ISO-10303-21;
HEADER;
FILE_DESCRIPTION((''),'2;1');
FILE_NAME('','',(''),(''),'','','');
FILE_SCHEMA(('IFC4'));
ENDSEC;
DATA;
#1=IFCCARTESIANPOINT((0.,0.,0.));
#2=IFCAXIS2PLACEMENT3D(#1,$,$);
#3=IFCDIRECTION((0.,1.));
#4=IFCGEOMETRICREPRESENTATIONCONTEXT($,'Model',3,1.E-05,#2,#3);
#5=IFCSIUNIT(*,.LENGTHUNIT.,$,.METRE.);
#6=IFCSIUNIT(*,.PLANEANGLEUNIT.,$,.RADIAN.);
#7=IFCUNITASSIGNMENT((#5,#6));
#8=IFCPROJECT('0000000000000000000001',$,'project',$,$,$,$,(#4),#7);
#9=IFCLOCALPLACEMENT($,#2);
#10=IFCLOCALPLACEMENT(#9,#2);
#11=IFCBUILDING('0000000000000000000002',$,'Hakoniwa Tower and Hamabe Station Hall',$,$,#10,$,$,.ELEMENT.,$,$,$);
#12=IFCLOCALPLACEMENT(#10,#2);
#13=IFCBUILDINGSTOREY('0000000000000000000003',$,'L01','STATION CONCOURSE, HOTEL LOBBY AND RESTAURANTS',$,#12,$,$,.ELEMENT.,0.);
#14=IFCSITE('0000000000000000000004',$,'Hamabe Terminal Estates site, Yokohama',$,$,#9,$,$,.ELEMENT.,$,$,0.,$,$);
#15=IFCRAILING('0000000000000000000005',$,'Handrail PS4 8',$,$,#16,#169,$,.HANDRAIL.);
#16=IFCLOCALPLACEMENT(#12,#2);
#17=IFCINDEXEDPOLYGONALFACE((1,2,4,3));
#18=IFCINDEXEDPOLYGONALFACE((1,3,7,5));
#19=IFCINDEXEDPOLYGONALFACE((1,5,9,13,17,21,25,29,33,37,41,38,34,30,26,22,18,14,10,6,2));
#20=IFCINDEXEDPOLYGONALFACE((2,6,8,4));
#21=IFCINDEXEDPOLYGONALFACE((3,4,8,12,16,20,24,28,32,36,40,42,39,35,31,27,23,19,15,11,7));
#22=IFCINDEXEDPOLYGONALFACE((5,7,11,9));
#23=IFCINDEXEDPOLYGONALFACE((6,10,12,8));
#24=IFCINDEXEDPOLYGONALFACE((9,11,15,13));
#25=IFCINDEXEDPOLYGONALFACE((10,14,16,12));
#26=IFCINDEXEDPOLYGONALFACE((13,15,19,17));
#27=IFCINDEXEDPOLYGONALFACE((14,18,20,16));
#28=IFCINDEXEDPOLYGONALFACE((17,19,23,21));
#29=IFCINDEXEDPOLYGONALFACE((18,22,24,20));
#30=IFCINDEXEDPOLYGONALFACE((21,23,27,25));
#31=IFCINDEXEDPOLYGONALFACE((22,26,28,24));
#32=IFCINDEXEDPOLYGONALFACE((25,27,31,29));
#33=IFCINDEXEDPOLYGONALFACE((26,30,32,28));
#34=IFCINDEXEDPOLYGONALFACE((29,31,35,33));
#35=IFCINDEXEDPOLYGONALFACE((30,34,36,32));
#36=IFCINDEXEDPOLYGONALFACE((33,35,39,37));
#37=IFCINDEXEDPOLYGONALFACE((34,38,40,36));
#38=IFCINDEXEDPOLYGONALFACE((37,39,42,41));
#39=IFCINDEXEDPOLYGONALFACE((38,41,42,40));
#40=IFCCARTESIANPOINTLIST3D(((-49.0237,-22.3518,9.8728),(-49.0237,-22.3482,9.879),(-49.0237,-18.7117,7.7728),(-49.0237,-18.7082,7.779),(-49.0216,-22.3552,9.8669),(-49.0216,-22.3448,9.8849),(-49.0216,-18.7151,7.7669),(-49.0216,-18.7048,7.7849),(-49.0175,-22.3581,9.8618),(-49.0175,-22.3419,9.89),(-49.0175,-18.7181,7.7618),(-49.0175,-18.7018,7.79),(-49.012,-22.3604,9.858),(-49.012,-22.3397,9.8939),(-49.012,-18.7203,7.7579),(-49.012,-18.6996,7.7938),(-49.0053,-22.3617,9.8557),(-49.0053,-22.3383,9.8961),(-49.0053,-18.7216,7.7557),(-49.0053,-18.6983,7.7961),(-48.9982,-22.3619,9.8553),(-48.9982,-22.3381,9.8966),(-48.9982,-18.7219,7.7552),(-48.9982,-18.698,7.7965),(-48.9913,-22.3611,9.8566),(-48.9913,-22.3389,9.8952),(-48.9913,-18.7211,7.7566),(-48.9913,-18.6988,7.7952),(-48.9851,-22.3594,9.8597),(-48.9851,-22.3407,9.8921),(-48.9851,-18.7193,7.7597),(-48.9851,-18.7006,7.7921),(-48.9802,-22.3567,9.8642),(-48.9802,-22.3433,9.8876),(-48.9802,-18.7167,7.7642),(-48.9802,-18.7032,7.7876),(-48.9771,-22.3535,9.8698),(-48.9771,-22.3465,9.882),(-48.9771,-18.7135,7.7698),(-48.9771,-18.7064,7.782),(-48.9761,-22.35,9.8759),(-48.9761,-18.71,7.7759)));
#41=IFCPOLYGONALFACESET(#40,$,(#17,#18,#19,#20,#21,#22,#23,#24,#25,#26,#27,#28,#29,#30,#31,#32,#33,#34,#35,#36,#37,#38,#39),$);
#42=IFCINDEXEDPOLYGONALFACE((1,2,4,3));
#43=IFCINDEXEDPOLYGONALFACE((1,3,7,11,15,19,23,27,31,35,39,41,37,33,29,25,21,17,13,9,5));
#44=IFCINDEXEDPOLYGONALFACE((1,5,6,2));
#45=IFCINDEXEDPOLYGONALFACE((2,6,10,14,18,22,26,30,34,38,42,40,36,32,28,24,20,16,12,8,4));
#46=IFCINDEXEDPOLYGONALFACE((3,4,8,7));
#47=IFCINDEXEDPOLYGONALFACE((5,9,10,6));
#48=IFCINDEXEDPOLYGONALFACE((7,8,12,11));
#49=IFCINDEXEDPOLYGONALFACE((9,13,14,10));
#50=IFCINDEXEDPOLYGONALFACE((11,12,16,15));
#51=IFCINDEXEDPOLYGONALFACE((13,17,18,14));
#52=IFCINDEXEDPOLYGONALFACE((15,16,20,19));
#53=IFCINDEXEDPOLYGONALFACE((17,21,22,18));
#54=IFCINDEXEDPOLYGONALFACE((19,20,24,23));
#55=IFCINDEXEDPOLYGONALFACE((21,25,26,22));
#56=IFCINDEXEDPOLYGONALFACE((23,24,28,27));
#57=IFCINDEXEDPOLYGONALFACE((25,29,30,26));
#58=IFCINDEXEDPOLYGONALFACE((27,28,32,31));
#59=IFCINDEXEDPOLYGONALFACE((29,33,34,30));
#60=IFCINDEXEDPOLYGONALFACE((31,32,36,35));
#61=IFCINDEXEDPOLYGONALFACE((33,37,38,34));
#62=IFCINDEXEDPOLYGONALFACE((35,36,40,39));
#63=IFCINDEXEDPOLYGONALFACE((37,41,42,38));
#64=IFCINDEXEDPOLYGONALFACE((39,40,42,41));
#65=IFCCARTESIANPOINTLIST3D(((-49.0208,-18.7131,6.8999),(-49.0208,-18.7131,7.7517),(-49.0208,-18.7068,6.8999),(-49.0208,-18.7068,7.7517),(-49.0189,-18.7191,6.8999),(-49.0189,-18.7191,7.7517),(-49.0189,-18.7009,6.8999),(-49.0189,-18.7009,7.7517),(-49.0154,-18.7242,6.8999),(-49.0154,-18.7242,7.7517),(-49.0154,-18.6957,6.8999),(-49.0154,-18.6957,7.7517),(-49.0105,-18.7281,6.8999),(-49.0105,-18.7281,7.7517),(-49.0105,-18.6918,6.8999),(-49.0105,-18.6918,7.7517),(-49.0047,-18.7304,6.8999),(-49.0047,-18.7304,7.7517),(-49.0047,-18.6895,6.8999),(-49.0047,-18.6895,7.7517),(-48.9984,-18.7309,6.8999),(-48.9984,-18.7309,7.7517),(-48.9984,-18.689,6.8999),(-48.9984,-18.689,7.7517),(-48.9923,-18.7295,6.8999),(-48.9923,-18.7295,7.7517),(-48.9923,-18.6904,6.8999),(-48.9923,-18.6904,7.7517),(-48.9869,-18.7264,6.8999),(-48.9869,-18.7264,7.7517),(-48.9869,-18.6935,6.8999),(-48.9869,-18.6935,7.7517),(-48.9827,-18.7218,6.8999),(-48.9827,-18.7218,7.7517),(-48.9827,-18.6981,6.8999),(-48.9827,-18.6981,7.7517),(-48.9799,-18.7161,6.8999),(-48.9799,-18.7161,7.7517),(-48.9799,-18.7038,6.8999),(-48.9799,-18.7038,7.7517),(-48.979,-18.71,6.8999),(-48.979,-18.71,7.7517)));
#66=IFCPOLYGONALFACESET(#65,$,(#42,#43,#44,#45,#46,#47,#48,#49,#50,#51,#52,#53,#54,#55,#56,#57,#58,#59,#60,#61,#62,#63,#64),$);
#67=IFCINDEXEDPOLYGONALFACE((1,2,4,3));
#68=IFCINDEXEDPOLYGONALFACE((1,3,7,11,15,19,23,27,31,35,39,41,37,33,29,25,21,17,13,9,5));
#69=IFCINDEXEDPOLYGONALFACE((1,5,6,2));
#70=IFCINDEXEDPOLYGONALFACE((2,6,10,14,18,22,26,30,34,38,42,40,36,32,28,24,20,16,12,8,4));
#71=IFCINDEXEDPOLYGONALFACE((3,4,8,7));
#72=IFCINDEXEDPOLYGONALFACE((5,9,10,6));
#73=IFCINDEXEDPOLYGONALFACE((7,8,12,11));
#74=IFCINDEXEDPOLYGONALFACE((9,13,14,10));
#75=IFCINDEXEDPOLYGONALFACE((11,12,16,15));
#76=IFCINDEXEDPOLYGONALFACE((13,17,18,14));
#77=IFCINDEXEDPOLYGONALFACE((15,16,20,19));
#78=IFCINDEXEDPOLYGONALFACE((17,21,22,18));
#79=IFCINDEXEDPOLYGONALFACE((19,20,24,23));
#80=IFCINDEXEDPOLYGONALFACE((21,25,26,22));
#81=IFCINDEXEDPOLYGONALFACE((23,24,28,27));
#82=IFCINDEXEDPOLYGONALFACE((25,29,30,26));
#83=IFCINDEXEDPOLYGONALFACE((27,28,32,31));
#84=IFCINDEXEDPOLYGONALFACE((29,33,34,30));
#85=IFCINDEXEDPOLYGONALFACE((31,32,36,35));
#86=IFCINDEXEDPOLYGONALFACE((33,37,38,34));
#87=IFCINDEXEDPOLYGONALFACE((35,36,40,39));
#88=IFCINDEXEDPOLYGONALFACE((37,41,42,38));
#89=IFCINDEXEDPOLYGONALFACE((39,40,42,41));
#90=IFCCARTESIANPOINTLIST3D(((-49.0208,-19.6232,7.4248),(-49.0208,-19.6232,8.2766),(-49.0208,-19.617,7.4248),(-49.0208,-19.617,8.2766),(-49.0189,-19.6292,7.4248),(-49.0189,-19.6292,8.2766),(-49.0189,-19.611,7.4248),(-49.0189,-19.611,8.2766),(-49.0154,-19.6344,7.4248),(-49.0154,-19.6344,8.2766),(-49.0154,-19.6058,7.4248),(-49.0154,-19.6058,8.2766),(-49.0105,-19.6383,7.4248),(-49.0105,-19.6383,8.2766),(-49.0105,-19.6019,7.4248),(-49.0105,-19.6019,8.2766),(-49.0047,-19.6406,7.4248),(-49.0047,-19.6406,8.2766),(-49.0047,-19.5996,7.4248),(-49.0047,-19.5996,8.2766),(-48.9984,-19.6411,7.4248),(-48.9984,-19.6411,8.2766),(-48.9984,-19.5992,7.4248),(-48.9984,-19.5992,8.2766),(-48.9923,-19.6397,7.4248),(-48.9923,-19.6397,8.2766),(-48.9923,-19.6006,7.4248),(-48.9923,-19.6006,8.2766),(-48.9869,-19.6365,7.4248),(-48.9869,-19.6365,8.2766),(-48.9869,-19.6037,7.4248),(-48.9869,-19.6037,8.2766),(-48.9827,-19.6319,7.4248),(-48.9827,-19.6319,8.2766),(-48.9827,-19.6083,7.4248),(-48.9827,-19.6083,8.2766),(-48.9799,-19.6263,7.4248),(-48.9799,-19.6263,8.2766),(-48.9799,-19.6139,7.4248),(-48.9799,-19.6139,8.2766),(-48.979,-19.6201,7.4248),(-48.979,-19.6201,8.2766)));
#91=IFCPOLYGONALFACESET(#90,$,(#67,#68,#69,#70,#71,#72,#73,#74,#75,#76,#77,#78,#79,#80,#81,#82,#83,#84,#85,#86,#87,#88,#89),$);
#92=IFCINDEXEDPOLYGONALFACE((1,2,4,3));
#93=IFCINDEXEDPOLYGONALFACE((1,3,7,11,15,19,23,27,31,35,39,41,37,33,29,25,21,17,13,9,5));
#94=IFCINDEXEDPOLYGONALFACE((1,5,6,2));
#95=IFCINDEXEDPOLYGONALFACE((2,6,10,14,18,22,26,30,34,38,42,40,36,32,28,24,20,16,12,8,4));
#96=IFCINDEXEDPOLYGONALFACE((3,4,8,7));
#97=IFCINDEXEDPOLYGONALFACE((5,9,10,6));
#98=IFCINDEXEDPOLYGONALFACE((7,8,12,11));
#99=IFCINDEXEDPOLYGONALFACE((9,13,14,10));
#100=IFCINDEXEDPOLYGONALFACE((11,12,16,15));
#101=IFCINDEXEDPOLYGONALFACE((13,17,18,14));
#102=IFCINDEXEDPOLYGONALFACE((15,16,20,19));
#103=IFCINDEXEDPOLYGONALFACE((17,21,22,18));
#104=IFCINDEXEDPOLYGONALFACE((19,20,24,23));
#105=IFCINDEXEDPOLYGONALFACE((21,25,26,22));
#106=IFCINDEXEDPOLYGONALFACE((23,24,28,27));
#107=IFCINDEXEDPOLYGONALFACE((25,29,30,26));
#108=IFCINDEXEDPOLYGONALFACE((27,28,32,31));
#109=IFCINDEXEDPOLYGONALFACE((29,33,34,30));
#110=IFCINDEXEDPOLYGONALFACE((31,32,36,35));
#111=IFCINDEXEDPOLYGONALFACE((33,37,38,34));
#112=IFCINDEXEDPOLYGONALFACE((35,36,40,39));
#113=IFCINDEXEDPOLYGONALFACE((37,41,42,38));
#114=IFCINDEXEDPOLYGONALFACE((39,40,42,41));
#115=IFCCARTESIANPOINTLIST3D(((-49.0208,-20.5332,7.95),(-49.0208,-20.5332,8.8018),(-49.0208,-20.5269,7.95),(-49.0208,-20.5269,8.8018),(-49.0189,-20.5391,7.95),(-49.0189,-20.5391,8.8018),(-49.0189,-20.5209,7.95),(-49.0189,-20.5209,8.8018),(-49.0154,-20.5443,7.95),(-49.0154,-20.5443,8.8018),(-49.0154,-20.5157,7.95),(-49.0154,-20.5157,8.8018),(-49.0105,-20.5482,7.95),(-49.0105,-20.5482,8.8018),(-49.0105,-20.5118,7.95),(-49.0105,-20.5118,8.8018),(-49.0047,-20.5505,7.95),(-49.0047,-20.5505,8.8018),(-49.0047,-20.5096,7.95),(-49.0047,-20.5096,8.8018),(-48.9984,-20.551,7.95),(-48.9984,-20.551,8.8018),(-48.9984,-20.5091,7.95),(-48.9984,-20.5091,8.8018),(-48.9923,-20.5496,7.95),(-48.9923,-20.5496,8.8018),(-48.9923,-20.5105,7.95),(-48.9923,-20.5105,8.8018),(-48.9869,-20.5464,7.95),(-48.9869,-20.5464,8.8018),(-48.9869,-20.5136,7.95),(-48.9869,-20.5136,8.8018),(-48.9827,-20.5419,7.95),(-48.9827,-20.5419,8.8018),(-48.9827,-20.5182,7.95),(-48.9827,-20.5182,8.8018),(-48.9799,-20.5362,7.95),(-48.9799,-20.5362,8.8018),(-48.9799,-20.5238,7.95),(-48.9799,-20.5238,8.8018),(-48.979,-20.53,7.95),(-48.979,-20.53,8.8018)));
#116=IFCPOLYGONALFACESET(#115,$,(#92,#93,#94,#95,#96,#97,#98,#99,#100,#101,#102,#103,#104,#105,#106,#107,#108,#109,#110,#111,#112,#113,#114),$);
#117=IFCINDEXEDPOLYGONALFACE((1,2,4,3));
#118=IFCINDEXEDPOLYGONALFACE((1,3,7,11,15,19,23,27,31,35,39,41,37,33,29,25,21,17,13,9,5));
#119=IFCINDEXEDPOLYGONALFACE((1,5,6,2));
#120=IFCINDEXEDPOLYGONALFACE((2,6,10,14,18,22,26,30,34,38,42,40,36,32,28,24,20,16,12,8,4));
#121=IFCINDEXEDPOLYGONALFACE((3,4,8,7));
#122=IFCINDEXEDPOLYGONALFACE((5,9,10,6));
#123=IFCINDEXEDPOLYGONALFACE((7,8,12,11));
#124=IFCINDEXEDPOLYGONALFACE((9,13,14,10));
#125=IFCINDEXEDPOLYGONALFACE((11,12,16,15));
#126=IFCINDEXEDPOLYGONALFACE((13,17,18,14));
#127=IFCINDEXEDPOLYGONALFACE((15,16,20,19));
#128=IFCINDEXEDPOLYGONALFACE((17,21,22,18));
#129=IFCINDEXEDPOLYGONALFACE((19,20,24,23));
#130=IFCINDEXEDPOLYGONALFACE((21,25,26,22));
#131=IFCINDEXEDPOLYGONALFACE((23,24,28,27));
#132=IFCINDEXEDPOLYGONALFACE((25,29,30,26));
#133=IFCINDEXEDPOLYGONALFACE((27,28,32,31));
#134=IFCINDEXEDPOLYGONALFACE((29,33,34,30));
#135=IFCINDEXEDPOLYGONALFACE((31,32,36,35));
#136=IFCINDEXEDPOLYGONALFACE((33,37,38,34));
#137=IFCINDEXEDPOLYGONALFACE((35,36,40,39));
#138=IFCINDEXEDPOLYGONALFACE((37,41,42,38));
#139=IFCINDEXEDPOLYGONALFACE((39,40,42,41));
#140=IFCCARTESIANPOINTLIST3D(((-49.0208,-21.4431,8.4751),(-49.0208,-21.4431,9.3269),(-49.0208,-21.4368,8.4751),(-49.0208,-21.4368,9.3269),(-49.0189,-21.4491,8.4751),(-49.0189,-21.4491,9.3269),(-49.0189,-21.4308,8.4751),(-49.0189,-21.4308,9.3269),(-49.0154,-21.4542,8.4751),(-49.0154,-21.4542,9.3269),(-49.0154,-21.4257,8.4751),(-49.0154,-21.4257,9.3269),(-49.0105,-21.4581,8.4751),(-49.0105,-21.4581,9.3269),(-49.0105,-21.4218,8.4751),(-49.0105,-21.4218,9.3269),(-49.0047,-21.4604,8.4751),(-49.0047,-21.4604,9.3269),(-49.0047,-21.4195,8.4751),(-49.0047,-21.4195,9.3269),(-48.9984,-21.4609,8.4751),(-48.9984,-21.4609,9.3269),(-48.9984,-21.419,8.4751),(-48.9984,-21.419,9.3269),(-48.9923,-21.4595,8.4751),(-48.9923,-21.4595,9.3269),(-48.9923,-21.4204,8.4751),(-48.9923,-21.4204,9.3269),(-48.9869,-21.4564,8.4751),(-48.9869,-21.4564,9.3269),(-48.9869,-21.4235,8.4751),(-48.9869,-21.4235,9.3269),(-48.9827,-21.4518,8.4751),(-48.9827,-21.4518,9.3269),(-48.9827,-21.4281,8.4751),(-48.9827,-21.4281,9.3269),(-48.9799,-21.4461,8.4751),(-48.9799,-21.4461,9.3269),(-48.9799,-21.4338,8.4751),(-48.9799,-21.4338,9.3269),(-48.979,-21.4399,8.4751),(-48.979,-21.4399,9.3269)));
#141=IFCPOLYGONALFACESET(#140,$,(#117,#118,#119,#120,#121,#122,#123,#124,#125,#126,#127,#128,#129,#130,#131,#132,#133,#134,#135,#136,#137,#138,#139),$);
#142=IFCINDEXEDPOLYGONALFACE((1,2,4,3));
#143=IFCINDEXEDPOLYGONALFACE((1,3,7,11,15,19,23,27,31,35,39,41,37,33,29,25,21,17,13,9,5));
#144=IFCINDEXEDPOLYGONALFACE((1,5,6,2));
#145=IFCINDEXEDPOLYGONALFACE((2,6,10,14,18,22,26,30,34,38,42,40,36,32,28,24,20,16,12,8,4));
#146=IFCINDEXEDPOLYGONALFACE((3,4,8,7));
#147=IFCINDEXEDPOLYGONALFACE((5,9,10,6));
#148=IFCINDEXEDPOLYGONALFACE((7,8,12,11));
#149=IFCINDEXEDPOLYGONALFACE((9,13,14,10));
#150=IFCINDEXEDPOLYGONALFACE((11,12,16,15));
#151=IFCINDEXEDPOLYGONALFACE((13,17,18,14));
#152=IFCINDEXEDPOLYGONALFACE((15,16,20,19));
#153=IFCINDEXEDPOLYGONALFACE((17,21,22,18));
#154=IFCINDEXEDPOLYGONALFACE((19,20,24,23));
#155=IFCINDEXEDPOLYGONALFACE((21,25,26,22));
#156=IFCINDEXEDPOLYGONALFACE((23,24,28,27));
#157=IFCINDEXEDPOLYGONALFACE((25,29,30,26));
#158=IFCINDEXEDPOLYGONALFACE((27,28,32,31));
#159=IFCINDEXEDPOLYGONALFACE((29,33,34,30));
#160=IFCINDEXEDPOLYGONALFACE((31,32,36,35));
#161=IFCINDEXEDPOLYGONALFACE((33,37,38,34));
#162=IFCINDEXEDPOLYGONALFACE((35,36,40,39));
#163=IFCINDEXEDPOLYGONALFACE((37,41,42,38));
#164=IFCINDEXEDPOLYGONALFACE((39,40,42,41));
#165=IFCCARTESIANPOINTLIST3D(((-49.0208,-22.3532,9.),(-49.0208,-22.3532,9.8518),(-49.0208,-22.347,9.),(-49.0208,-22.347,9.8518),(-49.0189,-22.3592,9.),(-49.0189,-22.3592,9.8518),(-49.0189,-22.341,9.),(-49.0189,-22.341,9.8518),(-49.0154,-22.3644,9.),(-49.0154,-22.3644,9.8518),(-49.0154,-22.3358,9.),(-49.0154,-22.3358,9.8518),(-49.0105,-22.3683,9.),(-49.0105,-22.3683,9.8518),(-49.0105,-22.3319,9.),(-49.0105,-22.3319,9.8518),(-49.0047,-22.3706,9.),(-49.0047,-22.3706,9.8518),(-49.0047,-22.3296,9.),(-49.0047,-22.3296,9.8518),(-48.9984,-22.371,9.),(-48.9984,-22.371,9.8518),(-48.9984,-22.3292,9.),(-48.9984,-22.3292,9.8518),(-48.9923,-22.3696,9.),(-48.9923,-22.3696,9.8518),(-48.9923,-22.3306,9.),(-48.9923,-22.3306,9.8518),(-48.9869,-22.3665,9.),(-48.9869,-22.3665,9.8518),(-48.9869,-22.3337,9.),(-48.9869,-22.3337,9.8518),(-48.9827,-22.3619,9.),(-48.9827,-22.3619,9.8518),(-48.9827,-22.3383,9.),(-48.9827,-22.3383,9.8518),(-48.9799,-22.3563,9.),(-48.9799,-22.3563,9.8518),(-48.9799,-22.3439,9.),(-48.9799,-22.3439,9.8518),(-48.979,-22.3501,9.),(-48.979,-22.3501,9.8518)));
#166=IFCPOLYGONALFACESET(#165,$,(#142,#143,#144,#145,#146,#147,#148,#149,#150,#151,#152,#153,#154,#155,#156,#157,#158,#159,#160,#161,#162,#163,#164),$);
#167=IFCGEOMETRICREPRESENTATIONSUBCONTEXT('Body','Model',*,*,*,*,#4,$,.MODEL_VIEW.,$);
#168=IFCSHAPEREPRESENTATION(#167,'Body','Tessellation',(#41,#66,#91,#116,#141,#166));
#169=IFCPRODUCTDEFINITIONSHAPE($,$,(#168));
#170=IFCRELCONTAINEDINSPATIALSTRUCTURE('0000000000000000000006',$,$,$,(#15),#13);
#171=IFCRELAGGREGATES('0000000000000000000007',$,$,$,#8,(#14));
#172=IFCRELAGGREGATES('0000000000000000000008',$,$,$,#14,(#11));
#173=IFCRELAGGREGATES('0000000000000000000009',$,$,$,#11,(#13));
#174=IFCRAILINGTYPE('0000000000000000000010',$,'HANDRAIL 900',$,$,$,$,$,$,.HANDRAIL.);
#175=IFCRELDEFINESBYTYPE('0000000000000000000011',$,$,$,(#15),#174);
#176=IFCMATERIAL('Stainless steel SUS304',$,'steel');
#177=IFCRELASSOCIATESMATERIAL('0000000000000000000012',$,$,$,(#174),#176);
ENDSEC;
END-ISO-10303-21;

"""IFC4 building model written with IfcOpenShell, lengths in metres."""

from ifc_helpers import new_model, si_unit, direction, frame, origin, origin_2d, place, context, subcontext, project, spatial, circle, extrude, material, type_object, element, save


model = new_model("IFC4")

# Units and contexts
model_context = context("Model", 3, precision=1e-05, world=origin(), true_north=direction((0.0, 1.0)))
body_context = subcontext(model_context, "Body", "Model", "MODEL_VIEW")
ifc_project = project(units=[si_unit("LENGTHUNIT", "METRE"), si_unit("PLANEANGLEUNIT", "RADIAN")], contexts=[model_context])

# Site, building, storey
site_placement = place(None, origin())
site = spatial("IfcSite", under=ifc_project, at=site_placement, Name="Hamabe Terminal Estates site, Yokohama", CompositionType="ELEMENT", RefElevation=0.0)
building_placement = place(site_placement, origin())
building = spatial("IfcBuilding", under=site, at=building_placement, Name="Hakoniwa Tower and Hamabe Station Hall", CompositionType="ELEMENT")
storey_placement = place(building_placement, origin())
storey = spatial("IfcBuildingStorey", under=building, at=storey_placement, Name="L01", Description="STATION CONCOURSE, HOTEL LOBBY AND RESTAURANTS", CompositionType="ELEMENT", Elevation=0.0)

# Railing
ifc_material_1 = material(Name="Stainless steel SUS304", Category="steel")
railing_type = type_object("IfcRailingType", Name="HANDRAIL 900", PredefinedType="HANDRAIL", material=ifc_material_1)
for number, where, name in (
    (1, (-49.0, -18.71, 6.8999), "Handrail PS4 8"),
):
    element("IfcRailing", number, at=place(storey_placement, frame(where)), inside=storey, type_object=railing_type, Name=name, PredefinedType="HANDRAIL", context=body_context, shape_type="SweptSolid", body=[
        extrude(circle(Radius=0.0239, at=origin_2d()), frame((0.0, 0.0, 0.876), z_axis=(0.0, -0.866184, 0.499726), x_axis=(1.0, 0.0, 0.0)), (0.0, 0.0, 1.0), 4.2024),
        extrude(circle(Radius=0.021, at=origin_2d()), origin(), (0.0, 0.0, 1.0), 0.8518),
        extrude(circle(Radius=0.021, at=origin_2d()), frame((0.0, -0.9102, 0.5249)), (0.0, 0.0, 1.0), 0.8518),
        extrude(circle(Radius=0.021, at=origin_2d()), frame((0.0, -1.8201, 1.05)), (0.0, 0.0, 1.0), 0.8518),
        extrude(circle(Radius=0.021, at=origin_2d()), frame((0.0, -2.73, 1.5752)), (0.0, 0.0, 1.0), 0.8518),
        extrude(circle(Radius=0.021, at=origin_2d()), frame((0.0, -3.6401, 2.1001)), (0.0, 0.0, 1.0), 0.8518),
    ])

save(model, "model.ifc")
